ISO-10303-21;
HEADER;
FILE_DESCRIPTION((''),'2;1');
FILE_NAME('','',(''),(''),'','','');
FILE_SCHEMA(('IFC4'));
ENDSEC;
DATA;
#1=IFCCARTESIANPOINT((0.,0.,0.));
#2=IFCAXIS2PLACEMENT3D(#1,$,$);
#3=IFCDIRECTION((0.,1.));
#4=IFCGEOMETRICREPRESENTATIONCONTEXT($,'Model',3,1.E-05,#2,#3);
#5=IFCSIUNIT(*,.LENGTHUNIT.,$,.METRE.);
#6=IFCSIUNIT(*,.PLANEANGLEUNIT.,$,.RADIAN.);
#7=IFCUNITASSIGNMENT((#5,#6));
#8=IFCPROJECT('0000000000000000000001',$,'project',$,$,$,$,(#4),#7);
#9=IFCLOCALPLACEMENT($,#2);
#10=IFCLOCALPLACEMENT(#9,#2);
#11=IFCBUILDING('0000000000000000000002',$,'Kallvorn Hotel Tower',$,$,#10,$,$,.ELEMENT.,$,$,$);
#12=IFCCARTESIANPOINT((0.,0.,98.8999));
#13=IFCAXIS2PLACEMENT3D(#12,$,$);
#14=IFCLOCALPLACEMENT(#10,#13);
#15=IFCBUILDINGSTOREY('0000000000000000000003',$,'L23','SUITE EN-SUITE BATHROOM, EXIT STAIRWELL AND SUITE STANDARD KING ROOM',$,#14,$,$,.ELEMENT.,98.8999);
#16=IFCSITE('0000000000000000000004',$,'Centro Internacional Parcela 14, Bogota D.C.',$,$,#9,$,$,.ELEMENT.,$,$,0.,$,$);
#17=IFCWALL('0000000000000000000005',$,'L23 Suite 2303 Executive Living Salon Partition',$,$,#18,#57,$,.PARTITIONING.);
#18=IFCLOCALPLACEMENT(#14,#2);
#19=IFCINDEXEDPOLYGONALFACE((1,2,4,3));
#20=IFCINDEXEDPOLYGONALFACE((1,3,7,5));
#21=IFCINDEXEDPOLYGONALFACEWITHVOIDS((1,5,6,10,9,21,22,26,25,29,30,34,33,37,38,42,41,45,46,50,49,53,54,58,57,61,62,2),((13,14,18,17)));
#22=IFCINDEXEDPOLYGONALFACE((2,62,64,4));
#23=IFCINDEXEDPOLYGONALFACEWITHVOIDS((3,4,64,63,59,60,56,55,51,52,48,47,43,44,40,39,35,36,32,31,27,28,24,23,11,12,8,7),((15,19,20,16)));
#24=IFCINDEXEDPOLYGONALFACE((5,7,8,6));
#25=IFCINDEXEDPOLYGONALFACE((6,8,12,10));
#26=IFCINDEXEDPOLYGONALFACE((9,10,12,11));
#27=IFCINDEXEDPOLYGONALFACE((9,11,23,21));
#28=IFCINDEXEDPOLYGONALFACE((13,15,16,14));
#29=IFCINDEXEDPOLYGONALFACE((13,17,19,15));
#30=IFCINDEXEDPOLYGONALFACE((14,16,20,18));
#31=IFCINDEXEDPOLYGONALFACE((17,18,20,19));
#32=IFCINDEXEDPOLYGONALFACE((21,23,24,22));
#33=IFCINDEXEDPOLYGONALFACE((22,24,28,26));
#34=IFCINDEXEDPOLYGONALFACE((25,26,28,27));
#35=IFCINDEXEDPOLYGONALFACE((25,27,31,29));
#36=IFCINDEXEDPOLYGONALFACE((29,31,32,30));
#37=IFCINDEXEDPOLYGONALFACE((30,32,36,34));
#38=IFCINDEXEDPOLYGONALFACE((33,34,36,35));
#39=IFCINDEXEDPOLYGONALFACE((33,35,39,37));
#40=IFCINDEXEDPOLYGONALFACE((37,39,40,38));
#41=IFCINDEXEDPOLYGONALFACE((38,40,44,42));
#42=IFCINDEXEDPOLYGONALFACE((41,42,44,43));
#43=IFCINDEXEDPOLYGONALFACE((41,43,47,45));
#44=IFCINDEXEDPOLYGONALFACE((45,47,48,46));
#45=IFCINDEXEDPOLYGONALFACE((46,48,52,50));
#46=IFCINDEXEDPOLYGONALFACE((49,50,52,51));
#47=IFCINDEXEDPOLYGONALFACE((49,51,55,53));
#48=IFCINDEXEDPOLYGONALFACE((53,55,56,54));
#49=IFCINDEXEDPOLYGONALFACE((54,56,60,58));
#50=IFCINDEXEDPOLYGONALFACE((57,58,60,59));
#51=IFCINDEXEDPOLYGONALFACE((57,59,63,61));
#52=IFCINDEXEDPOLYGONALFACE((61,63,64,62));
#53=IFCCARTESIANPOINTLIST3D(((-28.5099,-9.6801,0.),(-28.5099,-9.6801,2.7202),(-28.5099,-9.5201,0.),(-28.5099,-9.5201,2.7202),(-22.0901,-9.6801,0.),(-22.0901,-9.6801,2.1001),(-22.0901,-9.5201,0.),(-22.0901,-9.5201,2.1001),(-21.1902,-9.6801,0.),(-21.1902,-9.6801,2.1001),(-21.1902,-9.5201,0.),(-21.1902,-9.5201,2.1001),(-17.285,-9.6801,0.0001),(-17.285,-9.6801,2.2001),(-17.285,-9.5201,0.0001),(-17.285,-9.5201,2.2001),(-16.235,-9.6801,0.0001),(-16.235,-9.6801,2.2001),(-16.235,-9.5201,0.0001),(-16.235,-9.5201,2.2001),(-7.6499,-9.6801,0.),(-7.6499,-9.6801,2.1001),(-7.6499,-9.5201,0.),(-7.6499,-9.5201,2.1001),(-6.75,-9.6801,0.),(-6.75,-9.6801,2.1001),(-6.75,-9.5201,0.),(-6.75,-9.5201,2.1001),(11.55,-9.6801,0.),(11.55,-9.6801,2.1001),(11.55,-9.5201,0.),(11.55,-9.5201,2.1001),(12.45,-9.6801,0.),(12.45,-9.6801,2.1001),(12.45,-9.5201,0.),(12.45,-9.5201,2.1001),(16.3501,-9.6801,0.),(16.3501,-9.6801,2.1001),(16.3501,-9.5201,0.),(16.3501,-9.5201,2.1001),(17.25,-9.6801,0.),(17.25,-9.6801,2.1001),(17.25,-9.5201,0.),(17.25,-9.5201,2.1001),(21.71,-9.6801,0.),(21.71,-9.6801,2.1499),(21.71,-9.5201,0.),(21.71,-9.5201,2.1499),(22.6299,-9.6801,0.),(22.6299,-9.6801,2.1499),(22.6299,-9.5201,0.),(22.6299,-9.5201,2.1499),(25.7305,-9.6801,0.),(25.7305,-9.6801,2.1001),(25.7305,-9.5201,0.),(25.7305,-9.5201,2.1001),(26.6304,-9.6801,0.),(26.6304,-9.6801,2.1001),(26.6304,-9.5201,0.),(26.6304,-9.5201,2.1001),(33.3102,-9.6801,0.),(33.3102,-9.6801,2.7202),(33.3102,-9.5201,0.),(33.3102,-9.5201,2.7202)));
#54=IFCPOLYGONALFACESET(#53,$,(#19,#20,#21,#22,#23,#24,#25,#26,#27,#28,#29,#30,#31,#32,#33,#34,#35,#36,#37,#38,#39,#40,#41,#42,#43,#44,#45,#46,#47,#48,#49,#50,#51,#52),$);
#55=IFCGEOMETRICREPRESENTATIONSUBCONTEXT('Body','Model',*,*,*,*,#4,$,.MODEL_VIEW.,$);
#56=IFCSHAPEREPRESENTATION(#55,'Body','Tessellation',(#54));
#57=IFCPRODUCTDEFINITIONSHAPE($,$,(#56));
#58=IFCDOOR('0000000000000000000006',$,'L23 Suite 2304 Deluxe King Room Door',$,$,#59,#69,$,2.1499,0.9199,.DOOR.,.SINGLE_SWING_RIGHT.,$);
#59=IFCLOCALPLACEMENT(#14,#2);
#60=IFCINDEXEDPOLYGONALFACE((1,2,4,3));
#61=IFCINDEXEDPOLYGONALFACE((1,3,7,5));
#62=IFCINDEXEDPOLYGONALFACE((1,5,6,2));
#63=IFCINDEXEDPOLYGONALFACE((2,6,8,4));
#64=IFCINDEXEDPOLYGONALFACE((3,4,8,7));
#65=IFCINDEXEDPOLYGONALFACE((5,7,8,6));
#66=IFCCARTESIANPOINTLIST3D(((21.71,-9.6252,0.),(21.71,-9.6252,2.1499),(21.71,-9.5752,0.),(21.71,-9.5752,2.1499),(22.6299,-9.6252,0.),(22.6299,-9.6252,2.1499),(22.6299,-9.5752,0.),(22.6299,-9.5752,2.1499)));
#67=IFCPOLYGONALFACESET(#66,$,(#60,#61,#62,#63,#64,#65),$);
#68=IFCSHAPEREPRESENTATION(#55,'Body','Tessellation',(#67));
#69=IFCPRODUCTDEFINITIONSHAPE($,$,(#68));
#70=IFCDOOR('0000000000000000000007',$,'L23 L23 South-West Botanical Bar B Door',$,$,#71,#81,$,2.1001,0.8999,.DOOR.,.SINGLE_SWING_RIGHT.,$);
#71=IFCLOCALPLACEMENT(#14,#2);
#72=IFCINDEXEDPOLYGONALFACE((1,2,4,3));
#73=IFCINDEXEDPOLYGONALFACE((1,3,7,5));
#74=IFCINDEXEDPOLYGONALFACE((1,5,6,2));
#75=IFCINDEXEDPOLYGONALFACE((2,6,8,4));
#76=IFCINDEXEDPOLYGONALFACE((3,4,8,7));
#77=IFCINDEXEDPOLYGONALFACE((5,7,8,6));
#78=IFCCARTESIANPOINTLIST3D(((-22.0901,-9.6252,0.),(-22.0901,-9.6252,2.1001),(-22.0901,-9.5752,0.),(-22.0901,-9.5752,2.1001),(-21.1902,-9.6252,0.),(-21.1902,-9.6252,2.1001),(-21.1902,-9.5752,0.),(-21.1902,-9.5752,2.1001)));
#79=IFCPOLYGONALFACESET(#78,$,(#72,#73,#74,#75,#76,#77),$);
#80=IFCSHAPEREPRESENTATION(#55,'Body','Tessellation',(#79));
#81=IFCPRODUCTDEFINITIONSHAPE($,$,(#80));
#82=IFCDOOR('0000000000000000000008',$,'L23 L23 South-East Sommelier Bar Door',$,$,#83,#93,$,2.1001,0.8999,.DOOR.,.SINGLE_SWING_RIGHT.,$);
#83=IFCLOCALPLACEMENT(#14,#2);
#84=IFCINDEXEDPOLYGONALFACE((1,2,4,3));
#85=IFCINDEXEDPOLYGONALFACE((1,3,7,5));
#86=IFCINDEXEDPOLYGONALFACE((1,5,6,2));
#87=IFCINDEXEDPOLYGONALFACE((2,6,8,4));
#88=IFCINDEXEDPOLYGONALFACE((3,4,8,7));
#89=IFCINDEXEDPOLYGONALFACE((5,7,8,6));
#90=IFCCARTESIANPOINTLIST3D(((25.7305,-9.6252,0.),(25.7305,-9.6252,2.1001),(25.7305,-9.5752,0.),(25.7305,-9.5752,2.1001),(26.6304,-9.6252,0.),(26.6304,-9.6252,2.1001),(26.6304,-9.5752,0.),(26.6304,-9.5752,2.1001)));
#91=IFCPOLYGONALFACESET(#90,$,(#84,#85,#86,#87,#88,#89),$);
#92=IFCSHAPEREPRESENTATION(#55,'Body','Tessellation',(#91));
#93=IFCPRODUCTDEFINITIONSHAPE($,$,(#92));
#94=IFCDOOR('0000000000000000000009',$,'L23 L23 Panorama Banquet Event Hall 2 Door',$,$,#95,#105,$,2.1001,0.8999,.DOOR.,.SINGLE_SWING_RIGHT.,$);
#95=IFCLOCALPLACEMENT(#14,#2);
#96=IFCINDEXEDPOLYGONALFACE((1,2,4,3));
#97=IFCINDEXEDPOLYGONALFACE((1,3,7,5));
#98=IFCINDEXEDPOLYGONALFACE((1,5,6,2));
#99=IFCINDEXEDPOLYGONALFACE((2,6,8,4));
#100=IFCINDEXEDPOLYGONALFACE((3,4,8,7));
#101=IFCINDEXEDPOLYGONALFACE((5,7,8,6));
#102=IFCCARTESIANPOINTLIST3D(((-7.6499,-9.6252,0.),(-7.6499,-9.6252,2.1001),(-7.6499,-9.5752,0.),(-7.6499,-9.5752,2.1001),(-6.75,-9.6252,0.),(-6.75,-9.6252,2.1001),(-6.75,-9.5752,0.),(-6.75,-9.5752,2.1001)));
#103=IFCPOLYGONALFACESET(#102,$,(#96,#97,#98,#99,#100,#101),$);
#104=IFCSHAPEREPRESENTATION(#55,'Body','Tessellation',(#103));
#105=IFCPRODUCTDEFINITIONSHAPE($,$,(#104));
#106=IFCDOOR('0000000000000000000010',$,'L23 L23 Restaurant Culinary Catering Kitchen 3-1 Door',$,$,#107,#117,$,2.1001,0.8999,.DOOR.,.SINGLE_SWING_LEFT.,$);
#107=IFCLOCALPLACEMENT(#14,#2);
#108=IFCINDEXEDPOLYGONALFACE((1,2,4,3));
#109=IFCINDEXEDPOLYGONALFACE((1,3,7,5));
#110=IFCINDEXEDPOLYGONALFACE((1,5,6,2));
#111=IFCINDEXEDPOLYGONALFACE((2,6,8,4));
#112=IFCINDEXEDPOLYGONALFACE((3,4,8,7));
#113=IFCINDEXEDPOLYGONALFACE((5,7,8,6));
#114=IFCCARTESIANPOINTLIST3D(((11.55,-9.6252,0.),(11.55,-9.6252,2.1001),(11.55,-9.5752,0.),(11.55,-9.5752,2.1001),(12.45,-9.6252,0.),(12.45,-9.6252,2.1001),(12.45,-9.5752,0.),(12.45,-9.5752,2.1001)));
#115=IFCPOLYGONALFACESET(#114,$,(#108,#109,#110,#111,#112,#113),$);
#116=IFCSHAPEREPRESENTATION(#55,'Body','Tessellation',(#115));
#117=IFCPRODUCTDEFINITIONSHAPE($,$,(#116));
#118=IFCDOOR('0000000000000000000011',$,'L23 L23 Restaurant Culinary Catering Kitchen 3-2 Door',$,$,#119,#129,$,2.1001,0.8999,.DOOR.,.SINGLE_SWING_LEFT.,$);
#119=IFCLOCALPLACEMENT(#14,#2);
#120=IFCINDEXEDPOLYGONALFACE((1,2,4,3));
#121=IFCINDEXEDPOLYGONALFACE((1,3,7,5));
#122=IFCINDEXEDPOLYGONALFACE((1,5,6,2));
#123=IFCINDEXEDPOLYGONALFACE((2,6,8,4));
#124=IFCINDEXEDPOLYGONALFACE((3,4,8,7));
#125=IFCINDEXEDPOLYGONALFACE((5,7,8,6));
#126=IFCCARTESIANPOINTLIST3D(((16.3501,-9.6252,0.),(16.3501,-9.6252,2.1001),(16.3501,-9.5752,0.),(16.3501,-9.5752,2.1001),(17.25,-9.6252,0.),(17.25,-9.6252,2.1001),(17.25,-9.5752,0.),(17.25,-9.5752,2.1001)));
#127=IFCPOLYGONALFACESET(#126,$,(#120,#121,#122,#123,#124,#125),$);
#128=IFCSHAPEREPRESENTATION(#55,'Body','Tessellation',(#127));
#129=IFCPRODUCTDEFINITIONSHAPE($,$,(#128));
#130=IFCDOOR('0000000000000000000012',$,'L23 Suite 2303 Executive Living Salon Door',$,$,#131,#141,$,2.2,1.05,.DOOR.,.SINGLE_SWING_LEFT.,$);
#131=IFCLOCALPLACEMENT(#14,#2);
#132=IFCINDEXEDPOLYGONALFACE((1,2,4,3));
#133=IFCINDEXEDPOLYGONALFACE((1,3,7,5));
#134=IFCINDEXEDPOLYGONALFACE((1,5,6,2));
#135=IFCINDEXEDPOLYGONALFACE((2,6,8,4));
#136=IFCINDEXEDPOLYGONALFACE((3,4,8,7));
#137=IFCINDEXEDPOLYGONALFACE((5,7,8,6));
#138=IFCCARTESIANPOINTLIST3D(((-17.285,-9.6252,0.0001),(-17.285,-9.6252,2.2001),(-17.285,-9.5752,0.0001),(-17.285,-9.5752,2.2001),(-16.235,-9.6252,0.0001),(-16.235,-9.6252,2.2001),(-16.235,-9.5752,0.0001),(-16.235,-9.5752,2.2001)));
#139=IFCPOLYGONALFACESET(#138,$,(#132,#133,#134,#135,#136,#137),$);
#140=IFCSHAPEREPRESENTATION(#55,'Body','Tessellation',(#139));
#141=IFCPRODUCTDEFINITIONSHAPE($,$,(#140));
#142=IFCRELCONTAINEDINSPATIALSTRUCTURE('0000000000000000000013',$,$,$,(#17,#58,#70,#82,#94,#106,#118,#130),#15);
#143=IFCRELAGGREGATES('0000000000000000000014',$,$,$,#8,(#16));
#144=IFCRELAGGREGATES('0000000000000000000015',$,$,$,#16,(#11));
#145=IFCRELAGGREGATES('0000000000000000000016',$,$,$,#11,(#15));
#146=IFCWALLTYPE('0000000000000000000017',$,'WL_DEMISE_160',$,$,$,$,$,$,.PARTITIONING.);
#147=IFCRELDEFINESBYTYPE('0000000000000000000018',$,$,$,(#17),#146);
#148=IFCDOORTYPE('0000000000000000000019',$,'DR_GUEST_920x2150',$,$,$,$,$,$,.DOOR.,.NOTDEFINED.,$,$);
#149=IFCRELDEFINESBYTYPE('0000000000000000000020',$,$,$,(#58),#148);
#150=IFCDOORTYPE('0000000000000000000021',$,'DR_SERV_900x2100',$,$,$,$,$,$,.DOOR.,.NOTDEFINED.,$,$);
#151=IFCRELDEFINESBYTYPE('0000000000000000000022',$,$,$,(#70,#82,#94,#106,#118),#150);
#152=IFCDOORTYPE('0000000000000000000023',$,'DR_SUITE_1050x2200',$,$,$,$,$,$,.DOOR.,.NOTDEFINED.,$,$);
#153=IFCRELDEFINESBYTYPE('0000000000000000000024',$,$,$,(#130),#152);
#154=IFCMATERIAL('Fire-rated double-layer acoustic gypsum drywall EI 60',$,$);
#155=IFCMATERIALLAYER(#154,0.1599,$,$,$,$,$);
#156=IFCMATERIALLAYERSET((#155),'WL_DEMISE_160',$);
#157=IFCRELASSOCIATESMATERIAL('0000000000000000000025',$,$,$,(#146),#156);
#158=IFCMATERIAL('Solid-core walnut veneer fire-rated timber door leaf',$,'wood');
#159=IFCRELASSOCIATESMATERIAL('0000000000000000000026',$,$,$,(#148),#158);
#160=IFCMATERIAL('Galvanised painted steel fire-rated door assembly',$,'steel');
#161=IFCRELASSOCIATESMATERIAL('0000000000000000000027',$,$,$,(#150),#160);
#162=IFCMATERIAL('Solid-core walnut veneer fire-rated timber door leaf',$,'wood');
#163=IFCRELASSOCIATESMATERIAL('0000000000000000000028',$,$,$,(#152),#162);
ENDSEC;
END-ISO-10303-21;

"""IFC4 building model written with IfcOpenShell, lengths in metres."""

from ifc_helpers import new_model, si_unit, direction, frame, frame_2d, origin, place, context, subcontext, project, spatial, rectangle, extrude, material, layer, layer_set, type_object, element, fill, save


model = new_model("IFC4")

# Units and contexts
model_context = context("Model", 3, precision=1e-05, world=origin(), true_north=direction((0.0, 1.0)))
body_context = subcontext(model_context, "Body", "Model", "MODEL_VIEW")
ifc_project = project(units=[si_unit("LENGTHUNIT", "METRE"), si_unit("PLANEANGLEUNIT", "RADIAN")], contexts=[model_context])

# Site, building, storey
site_placement = place(None, origin())
site = spatial("IfcSite", under=ifc_project, at=site_placement, Name="Centro Internacional Parcela 14, Bogota D.C.", CompositionType="ELEMENT", RefElevation=0.0)
building_placement = place(site_placement, origin())
building = spatial("IfcBuilding", under=site, at=building_placement, Name="Kallvorn Hotel Tower", CompositionType="ELEMENT")
storey_placement = place(building_placement, frame((0.0, 0.0, 98.8999)))
storey = spatial("IfcBuildingStorey", under=building, at=storey_placement, Name="L23", Description="SUITE EN-SUITE BATHROOM, EXIT STAIRWELL AND SUITE STANDARD KING ROOM", CompositionType="ELEMENT", Elevation=98.8999)

# Wall, openings, doors
ifc_material_1 = material(Name="Fire-rated double-layer acoustic gypsum drywall EI 60")
ifc_layer = layer(ifc_material_1, 0.1599)
ifc_layer_set = layer_set([ifc_layer], Name="WL_DEMISE_160")
wall_type = type_object("IfcWallType", Name="WL_DEMISE_160", PredefinedType="PARTITIONING", material=ifc_layer_set)
wall_placement = place(storey_placement, frame((-28.51, -9.6001, 0.0), z_axis=(0.0, 0.0, 1.0), x_axis=(1.0, 0.0, 0.0)))
wall = element("IfcWall", 1, at=wall_placement, inside=storey, type_object=wall_type, Name="L23 Suite 2303 Executive Living Salon Partition", PredefinedType="PARTITIONING", context=body_context, shape_type="SweptSolid", body=[
    extrude(rectangle(XDim=61.8201, YDim=0.1599, at=frame_2d((30.9102, 0.0))), origin(), (0.0, 0.0, 1.0), 2.7202),
])
opening_1_placement = place(wall_placement, frame((6.4199, 0.0, 0.0)))
opening_1 = element("IfcOpeningElement", 2, at=opening_1_placement, cuts=wall, PredefinedType="OPENING", context=body_context, shape_type="SweptSolid", body=[
    extrude(rectangle(XDim=0.8999, YDim=2.1001, at=frame_2d((0.45, 1.05))), frame((0.0, 0.095, 0.0), z_axis=(0.0, -1.0, 0.0), x_axis=(1.0, 0.0, 0.0)), (0.0, 0.0, 1.0), 0.1899),
])
opening_2_placement = place(wall_placement, frame((54.2405, 0.0, 0.0)))
opening_2 = element("IfcOpeningElement", 3, at=opening_2_placement, cuts=wall, PredefinedType="OPENING", context=body_context, shape_type="SweptSolid", body=[
    extrude(rectangle(XDim=0.8999, YDim=2.1001, at=frame_2d((0.45, 1.05))), frame((0.0, 0.095, 0.0), z_axis=(0.0, -1.0, 0.0), x_axis=(1.0, 0.0, 0.0)), (0.0, 0.0, 1.0), 0.1899),
])
opening_3_placement = place(wall_placement, frame((11.2251, 0.0, 0.0)))
opening_3 = element("IfcOpeningElement", 4, at=opening_3_placement, cuts=wall, PredefinedType="OPENING", context=body_context, shape_type="SweptSolid", body=[
    extrude(rectangle(XDim=1.05, YDim=2.2, at=frame_2d((0.5249, 1.1001))), frame((0.0, 0.095, 0.0), z_axis=(0.0, -1.0, 0.0), x_axis=(1.0, 0.0, 0.0)), (0.0, 0.0, 1.0), 0.1899),
])
opening_4_placement = place(wall_placement, frame((20.8601, 0.0, 0.0)))
opening_4 = element("IfcOpeningElement", 5, at=opening_4_placement, cuts=wall, PredefinedType="OPENING", context=body_context, shape_type="SweptSolid", body=[
    extrude(rectangle(XDim=0.8999, YDim=2.1001, at=frame_2d((0.45, 1.05))), frame((0.0, 0.095, 0.0), z_axis=(0.0, -1.0, 0.0), x_axis=(1.0, 0.0, 0.0)), (0.0, 0.0, 1.0), 0.1899),
])
opening_5_placement = place(wall_placement, frame((40.0601, 0.0, 0.0)))
opening_5 = element("IfcOpeningElement", 6, at=opening_5_placement, cuts=wall, PredefinedType="OPENING", context=body_context, shape_type="SweptSolid", body=[
    extrude(rectangle(XDim=0.8999, YDim=2.1001, at=frame_2d((0.45, 1.05))), frame((0.0, 0.095, 0.0), z_axis=(0.0, -1.0, 0.0), x_axis=(1.0, 0.0, 0.0)), (0.0, 0.0, 1.0), 0.1899),
])
opening_6_placement = place(wall_placement, frame((44.8601, 0.0, 0.0)))
opening_6 = element("IfcOpeningElement", 7, at=opening_6_placement, cuts=wall, PredefinedType="OPENING", context=body_context, shape_type="SweptSolid", body=[
    extrude(rectangle(XDim=0.8999, YDim=2.1001, at=frame_2d((0.45, 1.05))), frame((0.0, 0.095, 0.0), z_axis=(0.0, -1.0, 0.0), x_axis=(1.0, 0.0, 0.0)), (0.0, 0.0, 1.0), 0.1899),
])
opening_7_placement = place(wall_placement, frame((50.22, 0.0, 0.0)))
opening_7 = element("IfcOpeningElement", 8, at=opening_7_placement, cuts=wall, PredefinedType="OPENING", context=body_context, shape_type="SweptSolid", body=[
    extrude(rectangle(XDim=0.9199, YDim=2.1499, at=frame_2d((0.46, 1.075))), frame((0.0, 0.095, 0.0), z_axis=(0.0, -1.0, 0.0), x_axis=(1.0, 0.0, 0.0)), (0.0, 0.0, 1.0), 0.1899),
])
ifc_material_2 = material(Name="Solid-core walnut veneer fire-rated timber door leaf", Category="wood")
door_type_1 = type_object("IfcDoorType", Name="DR_GUEST_920x2150", OperationType="NOTDEFINED", PredefinedType="DOOR", material=ifc_material_2)
door_1_placement = place(opening_7_placement, origin())
door_1 = element("IfcDoor", 9, at=door_1_placement, inside=storey, type_object=door_type_1, Name="L23 Suite 2304 Deluxe King Room Door", OperationType="SINGLE_SWING_RIGHT", OverallHeight=2.1499, OverallWidth=0.9199, PredefinedType="DOOR", context=body_context, shape_type="SweptSolid", body=[
    extrude(rectangle(XDim=0.9199, YDim=2.1499, at=frame_2d((0.46, 1.075))), frame((0.0, 0.0249, 0.0), z_axis=(0.0, -1.0, 0.0), x_axis=(1.0, 0.0, 0.0)), (0.0, 0.0, 1.0), 0.05),
])
fill(opening_7, door_1)
ifc_material_3 = material(Name="Galvanised painted steel fire-rated door assembly", Category="steel")
door_type_2 = type_object("IfcDoorType", Name="DR_SERV_900x2100", OperationType="NOTDEFINED", PredefinedType="DOOR", material=ifc_material_3)
door_2_placement = place(opening_1_placement, origin())
door_2 = element("IfcDoor", 10, at=door_2_placement, inside=storey, type_object=door_type_2, Name="L23 L23 South-West Botanical Bar B Door", OperationType="SINGLE_SWING_RIGHT", OverallHeight=2.1001, OverallWidth=0.8999, PredefinedType="DOOR", context=body_context, shape_type="SweptSolid", body=[
    extrude(rectangle(XDim=0.8999, YDim=2.1001, at=frame_2d((0.45, 1.05))), frame((0.0, 0.0249, 0.0), z_axis=(0.0, -1.0, 0.0), x_axis=(1.0, 0.0, 0.0)), (0.0, 0.0, 1.0), 0.05),
])
fill(opening_1, door_2)
door_3_placement = place(opening_2_placement, origin())
door_3 = element("IfcDoor", 11, at=door_3_placement, inside=storey, type_object=door_type_2, Name="L23 L23 South-East Sommelier Bar Door", OperationType="SINGLE_SWING_RIGHT", OverallHeight=2.1001, OverallWidth=0.8999, PredefinedType="DOOR", context=body_context, shape_type="SweptSolid", body=[
    extrude(rectangle(XDim=0.8999, YDim=2.1001, at=frame_2d((0.45, 1.05))), frame((0.0, 0.0249, 0.0), z_axis=(0.0, -1.0, 0.0), x_axis=(1.0, 0.0, 0.0)), (0.0, 0.0, 1.0), 0.05),
])
fill(opening_2, door_3)
door_4_placement = place(opening_4_placement, origin())
door_4 = element("IfcDoor", 12, at=door_4_placement, inside=storey, type_object=door_type_2, Name="L23 L23 Panorama Banquet Event Hall 2 Door", OperationType="SINGLE_SWING_RIGHT", OverallHeight=2.1001, OverallWidth=0.8999, PredefinedType="DOOR", context=body_context, shape_type="SweptSolid", body=[
    extrude(rectangle(XDim=0.8999, YDim=2.1001, at=frame_2d((0.45, 1.05))), frame((0.0, 0.0249, 0.0), z_axis=(0.0, -1.0, 0.0), x_axis=(1.0, 0.0, 0.0)), (0.0, 0.0, 1.0), 0.05),
])
fill(opening_4, door_4)
door_5_placement = place(opening_5_placement, origin())
door_5 = element("IfcDoor", 13, at=door_5_placement, inside=storey, type_object=door_type_2, Name="L23 L23 Restaurant Culinary Catering Kitchen 3-1 Door", OperationType="SINGLE_SWING_LEFT", OverallHeight=2.1001, OverallWidth=0.8999, PredefinedType="DOOR", context=body_context, shape_type="SweptSolid", body=[
    extrude(rectangle(XDim=0.8999, YDim=2.1001, at=frame_2d((0.45, 1.05))), frame((0.0, 0.0249, 0.0), z_axis=(0.0, -1.0, 0.0), x_axis=(1.0, 0.0, 0.0)), (0.0, 0.0, 1.0), 0.05),
])
fill(opening_5, door_5)
door_6_placement = place(opening_6_placement, origin())
door_6 = element("IfcDoor", 14, at=door_6_placement, inside=storey, type_object=door_type_2, Name="L23 L23 Restaurant Culinary Catering Kitchen 3-2 Door", OperationType="SINGLE_SWING_LEFT", OverallHeight=2.1001, OverallWidth=0.8999, PredefinedType="DOOR", context=body_context, shape_type="SweptSolid", body=[
    extrude(rectangle(XDim=0.8999, YDim=2.1001, at=frame_2d((0.45, 1.05))), frame((0.0, 0.0249, 0.0), z_axis=(0.0, -1.0, 0.0), x_axis=(1.0, 0.0, 0.0)), (0.0, 0.0, 1.0), 0.05),
])
fill(opening_6, door_6)
ifc_material_4 = material(Name="Solid-core walnut veneer fire-rated timber door leaf", Category="wood")
door_type_3 = type_object("IfcDoorType", Name="DR_SUITE_1050x2200", OperationType="NOTDEFINED", PredefinedType="DOOR", material=ifc_material_4)
door_7_placement = place(opening_3_placement, origin())
door_7 = element("IfcDoor", 15, at=door_7_placement, inside=storey, type_object=door_type_3, Name="L23 Suite 2303 Executive Living Salon Door", OperationType="SINGLE_SWING_LEFT", OverallHeight=2.2, OverallWidth=1.05, PredefinedType="DOOR", context=body_context, shape_type="SweptSolid", body=[
    extrude(rectangle(XDim=1.05, YDim=2.2, at=frame_2d((0.5249, 1.1001))), frame((0.0, 0.0249, 0.0), z_axis=(0.0, -1.0, 0.0), x_axis=(1.0, 0.0, 0.0)), (0.0, 0.0, 1.0), 0.05),
])
fill(opening_3, door_7)

save(model, "model.ifc")
